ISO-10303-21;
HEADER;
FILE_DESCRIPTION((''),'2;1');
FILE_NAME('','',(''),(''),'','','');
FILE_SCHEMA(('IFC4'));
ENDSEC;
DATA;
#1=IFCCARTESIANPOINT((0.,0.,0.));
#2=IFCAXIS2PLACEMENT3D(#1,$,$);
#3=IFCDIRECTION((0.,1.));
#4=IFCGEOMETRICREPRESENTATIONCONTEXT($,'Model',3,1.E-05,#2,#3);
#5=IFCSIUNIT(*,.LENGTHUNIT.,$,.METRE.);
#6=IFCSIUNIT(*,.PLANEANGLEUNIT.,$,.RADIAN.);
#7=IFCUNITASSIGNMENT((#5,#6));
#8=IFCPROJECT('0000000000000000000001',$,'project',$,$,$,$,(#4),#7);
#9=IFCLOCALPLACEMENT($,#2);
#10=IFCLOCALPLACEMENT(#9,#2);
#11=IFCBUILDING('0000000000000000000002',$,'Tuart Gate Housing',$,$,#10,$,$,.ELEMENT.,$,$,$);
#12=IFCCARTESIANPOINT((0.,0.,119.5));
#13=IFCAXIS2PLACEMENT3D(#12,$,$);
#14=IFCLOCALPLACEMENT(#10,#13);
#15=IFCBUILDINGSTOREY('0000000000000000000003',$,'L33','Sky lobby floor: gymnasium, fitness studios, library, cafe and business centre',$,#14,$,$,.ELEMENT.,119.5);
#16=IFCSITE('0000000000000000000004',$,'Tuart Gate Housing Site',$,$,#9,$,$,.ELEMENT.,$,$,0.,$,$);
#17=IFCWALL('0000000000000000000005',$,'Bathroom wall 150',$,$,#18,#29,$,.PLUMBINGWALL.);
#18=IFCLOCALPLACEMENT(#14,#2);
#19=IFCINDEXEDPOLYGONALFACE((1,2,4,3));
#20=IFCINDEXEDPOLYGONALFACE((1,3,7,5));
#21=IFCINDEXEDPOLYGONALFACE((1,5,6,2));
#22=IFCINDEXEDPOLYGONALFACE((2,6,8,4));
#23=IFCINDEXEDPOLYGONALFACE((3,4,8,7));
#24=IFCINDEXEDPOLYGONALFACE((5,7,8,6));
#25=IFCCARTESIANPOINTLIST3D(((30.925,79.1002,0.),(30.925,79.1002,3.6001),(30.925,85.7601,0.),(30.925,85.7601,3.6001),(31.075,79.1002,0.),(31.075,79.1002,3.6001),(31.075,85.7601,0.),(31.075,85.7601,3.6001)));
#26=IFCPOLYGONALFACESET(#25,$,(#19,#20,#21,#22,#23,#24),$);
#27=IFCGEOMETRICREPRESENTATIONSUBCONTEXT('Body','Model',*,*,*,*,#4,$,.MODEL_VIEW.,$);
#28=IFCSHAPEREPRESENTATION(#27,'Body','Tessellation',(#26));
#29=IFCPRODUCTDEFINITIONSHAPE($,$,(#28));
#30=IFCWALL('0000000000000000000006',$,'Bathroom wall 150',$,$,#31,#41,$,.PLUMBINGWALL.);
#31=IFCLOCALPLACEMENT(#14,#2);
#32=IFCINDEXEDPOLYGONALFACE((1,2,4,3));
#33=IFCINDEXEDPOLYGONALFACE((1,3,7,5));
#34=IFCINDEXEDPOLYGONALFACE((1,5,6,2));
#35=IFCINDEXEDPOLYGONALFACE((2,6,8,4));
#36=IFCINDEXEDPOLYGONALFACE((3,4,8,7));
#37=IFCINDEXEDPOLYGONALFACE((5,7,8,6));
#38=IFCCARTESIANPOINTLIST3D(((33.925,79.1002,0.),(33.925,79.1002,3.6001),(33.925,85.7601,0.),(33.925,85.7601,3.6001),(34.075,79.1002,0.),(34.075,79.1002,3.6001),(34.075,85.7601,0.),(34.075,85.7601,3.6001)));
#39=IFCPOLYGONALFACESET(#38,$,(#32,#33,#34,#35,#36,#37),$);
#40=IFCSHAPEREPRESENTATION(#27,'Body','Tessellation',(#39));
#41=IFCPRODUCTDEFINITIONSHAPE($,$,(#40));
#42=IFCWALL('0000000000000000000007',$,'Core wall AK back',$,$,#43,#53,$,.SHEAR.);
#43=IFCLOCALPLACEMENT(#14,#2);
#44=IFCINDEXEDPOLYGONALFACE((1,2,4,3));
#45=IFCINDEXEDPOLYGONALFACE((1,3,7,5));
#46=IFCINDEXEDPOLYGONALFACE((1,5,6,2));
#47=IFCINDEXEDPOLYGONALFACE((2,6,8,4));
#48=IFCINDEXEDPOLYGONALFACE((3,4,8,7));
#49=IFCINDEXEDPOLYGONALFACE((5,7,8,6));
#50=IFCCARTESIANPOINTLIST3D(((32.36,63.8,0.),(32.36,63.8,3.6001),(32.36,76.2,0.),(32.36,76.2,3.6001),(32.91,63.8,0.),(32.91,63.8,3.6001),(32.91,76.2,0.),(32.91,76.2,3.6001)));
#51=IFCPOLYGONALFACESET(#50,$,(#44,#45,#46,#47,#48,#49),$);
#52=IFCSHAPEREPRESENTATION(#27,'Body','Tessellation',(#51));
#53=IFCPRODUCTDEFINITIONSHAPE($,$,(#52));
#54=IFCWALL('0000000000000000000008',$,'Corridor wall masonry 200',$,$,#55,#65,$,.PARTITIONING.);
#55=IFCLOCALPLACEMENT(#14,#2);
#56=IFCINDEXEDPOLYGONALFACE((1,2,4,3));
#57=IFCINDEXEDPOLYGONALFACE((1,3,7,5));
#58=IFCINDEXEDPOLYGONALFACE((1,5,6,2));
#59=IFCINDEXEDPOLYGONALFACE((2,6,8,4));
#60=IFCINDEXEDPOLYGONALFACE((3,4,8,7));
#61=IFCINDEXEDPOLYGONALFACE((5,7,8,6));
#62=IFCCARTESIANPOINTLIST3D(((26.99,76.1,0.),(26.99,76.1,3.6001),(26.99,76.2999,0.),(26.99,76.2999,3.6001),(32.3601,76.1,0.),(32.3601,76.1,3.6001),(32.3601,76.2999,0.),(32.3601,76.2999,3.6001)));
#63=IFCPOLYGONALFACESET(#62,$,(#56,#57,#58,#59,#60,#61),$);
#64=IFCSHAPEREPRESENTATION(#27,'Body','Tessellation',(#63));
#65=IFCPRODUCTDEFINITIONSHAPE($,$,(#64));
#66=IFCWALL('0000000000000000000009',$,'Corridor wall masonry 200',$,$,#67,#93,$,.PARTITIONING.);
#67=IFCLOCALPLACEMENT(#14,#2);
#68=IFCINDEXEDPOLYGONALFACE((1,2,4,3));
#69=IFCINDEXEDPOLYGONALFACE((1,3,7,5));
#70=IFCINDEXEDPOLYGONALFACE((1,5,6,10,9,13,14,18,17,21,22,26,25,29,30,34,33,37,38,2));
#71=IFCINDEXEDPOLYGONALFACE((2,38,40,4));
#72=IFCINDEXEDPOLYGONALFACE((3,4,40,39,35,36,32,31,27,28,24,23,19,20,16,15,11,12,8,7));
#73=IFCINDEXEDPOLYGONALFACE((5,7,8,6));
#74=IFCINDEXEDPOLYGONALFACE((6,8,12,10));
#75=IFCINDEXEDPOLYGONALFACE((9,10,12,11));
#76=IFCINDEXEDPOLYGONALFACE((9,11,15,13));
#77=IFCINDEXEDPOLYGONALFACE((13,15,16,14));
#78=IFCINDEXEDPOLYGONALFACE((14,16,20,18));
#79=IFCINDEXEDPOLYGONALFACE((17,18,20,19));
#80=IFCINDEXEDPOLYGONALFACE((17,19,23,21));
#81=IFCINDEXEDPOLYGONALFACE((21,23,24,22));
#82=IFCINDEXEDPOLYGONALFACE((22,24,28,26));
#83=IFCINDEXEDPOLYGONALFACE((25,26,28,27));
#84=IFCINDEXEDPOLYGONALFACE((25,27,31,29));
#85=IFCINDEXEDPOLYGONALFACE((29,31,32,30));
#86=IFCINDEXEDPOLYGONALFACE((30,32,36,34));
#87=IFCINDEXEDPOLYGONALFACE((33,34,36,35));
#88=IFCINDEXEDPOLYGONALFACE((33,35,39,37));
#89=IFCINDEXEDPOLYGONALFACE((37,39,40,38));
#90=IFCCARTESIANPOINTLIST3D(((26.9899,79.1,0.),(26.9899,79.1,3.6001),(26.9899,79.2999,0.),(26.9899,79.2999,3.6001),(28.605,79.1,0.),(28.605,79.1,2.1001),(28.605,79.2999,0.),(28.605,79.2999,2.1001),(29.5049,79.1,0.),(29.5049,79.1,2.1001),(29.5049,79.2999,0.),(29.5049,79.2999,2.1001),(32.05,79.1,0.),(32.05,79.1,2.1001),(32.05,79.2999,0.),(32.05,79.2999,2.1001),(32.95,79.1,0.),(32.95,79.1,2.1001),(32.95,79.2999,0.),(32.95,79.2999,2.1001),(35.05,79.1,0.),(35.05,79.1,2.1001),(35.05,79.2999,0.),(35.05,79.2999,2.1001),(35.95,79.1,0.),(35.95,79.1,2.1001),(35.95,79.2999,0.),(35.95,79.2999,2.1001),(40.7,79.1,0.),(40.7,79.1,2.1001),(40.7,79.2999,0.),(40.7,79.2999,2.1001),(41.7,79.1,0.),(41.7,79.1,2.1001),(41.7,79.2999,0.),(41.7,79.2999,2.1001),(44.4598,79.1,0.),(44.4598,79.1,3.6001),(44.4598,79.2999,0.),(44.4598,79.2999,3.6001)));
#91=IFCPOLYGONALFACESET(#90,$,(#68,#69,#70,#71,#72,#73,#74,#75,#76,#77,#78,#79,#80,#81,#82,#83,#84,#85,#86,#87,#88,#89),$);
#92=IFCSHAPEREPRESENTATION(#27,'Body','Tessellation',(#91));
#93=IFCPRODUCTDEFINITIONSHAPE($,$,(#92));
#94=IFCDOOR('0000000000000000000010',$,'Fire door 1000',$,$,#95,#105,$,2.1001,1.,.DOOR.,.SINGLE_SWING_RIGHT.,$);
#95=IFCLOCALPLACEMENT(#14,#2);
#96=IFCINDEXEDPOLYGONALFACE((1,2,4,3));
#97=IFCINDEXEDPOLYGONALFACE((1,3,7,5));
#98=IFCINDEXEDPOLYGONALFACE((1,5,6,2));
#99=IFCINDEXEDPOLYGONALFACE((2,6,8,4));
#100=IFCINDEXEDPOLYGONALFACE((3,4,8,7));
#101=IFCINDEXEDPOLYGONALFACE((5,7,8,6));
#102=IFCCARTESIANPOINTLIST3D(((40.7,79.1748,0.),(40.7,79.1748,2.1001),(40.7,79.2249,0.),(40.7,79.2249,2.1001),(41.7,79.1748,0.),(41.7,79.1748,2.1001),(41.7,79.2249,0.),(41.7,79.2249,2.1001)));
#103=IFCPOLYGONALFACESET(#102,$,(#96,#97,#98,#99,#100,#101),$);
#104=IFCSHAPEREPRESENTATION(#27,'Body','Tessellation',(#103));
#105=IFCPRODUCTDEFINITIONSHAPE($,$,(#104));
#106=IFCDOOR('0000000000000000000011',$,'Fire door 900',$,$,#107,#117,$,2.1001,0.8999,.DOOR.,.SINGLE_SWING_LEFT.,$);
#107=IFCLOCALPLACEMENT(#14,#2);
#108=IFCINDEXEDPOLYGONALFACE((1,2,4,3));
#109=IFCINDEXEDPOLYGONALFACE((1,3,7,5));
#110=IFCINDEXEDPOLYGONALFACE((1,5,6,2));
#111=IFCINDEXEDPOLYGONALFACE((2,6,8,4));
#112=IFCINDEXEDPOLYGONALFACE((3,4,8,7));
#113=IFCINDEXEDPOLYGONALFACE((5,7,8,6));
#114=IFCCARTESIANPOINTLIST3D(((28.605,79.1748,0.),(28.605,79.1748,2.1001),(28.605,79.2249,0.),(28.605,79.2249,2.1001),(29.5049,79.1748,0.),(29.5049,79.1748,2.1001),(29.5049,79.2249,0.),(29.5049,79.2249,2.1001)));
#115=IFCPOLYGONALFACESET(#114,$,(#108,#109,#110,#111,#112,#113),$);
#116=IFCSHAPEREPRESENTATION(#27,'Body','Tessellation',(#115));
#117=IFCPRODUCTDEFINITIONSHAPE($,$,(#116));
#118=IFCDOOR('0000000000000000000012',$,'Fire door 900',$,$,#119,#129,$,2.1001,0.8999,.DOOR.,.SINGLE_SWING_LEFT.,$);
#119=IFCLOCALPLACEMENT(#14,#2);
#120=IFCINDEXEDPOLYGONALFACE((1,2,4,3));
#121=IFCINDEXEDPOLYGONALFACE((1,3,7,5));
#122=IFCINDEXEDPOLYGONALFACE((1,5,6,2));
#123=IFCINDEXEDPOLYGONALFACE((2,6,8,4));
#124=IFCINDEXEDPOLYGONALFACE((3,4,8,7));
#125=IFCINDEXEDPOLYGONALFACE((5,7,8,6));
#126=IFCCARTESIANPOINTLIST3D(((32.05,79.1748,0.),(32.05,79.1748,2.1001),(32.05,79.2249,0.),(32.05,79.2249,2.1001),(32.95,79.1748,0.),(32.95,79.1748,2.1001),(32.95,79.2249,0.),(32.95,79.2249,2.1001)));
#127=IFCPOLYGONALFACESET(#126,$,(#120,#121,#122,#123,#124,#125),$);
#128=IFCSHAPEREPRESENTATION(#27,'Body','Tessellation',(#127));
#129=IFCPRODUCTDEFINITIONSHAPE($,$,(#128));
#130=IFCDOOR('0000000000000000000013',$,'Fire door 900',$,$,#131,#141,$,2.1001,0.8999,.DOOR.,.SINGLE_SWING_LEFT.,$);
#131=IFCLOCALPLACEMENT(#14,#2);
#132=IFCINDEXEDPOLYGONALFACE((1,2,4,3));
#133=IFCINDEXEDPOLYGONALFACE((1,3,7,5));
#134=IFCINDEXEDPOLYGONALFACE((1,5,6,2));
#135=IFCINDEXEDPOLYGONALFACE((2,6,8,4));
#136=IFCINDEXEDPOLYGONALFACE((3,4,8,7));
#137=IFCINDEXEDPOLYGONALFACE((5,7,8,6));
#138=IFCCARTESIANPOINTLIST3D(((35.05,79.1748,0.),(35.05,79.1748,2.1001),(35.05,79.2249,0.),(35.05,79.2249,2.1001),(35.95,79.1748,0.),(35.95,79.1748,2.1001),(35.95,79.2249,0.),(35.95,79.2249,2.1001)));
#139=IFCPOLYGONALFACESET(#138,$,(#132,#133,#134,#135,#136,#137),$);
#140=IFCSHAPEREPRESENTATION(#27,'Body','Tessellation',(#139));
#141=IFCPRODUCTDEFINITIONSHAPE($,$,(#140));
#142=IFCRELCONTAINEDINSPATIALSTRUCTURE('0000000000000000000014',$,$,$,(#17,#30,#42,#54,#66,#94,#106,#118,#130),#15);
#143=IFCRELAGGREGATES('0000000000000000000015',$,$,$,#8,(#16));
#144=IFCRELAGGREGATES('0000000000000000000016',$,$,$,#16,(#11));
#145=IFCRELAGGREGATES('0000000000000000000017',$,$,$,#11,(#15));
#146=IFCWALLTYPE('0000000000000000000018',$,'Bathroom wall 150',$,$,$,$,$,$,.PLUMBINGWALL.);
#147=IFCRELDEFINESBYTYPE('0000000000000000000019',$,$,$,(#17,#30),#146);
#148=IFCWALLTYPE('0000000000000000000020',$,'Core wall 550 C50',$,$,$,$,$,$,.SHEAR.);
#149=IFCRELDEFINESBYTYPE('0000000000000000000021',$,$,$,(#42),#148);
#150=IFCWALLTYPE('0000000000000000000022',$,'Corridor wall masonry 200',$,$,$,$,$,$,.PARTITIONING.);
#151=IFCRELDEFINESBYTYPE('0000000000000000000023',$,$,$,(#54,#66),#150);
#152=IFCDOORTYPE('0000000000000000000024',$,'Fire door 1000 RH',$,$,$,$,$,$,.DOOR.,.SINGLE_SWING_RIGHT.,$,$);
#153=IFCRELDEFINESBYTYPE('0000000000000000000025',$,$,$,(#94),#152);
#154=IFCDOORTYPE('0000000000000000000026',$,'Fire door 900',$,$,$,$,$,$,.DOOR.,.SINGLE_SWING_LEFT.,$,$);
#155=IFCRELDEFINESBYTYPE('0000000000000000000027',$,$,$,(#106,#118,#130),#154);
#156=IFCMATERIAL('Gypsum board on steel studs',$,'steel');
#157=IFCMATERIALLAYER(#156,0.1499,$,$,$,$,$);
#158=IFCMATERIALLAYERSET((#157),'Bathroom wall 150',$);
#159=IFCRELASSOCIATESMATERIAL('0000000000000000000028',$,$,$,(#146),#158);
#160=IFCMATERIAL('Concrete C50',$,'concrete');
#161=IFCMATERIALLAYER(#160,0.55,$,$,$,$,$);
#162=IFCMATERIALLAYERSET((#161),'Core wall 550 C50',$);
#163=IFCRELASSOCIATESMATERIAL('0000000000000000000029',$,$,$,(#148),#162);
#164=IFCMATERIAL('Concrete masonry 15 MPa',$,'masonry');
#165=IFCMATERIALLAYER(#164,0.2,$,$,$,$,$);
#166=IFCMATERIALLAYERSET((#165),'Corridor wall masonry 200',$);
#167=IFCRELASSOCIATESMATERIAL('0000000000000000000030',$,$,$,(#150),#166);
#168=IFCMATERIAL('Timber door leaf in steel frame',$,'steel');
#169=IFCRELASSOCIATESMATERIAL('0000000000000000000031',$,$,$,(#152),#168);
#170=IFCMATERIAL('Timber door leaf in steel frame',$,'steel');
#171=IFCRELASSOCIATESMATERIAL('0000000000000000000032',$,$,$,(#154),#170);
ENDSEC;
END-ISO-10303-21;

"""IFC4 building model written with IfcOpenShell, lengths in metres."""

from ifc_helpers import new_model, si_unit, direction, frame, frame_2d, origin, place, context, subcontext, project, spatial, rectangle, extrude, material, layer, layer_set, type_object, element, fill, save


model = new_model("IFC4")

# Units and contexts
model_context = context("Model", 3, precision=1e-05, world=origin(), true_north=direction((0.0, 1.0)))
body_context = subcontext(model_context, "Body", "Model", "MODEL_VIEW")
ifc_project = project(units=[si_unit("LENGTHUNIT", "METRE"), si_unit("PLANEANGLEUNIT", "RADIAN")], contexts=[model_context])

# Site, building, storey
site_placement = place(None, origin())
site = spatial("IfcSite", under=ifc_project, at=site_placement, Name="Tuart Gate Housing Site", CompositionType="ELEMENT", RefElevation=0.0)
building_placement = place(site_placement, origin())
building = spatial("IfcBuilding", under=site, at=building_placement, Name="Tuart Gate Housing", CompositionType="ELEMENT")
storey_placement = place(building_placement, frame((0.0, 0.0, 119.5)))
storey = spatial("IfcBuildingStorey", under=building, at=storey_placement, Name="L33", Description="Sky lobby floor: gymnasium, fitness studios, library, cafe and business centre", CompositionType="ELEMENT", Elevation=119.5)

# Walls
ifc_material_1 = material(Name="Gypsum board on steel studs", Category="steel")
ifc_layer_1 = layer(ifc_material_1, 0.1499)
ifc_layer_set_1 = layer_set([ifc_layer_1], Name="Bathroom wall 150")
wall_type_1 = type_object("IfcWallType", Name="Bathroom wall 150", PredefinedType="PLUMBINGWALL", material=ifc_layer_set_1)
for number, where, z_axis, x_axis, name in (
    (1, (31.0, 79.1001, 0.0), (0.0, 0.0, 1.0), (0.0, 1.0, 0.0), "Bathroom wall 150"),
    (2, (34.0, 79.1001, 0.0), (0.0, 0.0, 1.0), (0.0, 1.0, 0.0), "Bathroom wall 150"),
):
    element("IfcWall", number, at=place(storey_placement, frame(where, z_axis=z_axis, x_axis=x_axis)), inside=storey, type_object=wall_type_1, Name=name, PredefinedType="PLUMBINGWALL", context=body_context, shape_type="SweptSolid", body=[
        extrude(rectangle(XDim=6.6599, YDim=0.1499, at=frame_2d((3.3301, 0.0))), origin(), (0.0, 0.0, 1.0), 3.6001),
    ])
ifc_material_2 = material(Name="Concrete C50", Category="concrete")
ifc_layer_2 = layer(ifc_material_2, 0.55)
ifc_layer_set_2 = layer_set([ifc_layer_2], Name="Core wall 550 C50")
wall_type_2 = type_object("IfcWallType", Name="Core wall 550 C50", PredefinedType="SHEAR", material=ifc_layer_set_2)
wall_1_placement = place(storey_placement, frame((32.635, 76.2, 0.0), z_axis=(0.0, 0.0, 1.0), x_axis=(0.0, -1.0, 0.0)))
element("IfcWall", 3, at=wall_1_placement, inside=storey, type_object=wall_type_2, Name="Core wall AK back", PredefinedType="SHEAR", context=body_context, shape_type="SweptSolid", body=[
    extrude(rectangle(XDim=12.3999, YDim=0.55, at=frame_2d((6.2, 0.0))), origin(), (0.0, 0.0, 1.0), 3.6001),
])
ifc_material_3 = material(Name="Concrete masonry 15 MPa", Category="masonry")
ifc_layer_3 = layer(ifc_material_3, 0.2)
ifc_layer_set_3 = layer_set([ifc_layer_3], Name="Corridor wall masonry 200")
wall_type_3 = type_object("IfcWallType", Name="Corridor wall masonry 200", PredefinedType="PARTITIONING", material=ifc_layer_set_3)
wall_2_placement = place(storey_placement, frame((26.99, 76.2, 0.0), z_axis=(0.0, 0.0, 1.0), x_axis=(1.0, 0.0, 0.0)))
element("IfcWall", 4, at=wall_2_placement, inside=storey, type_object=wall_type_3, Name="Corridor wall masonry 200", PredefinedType="PARTITIONING", context=body_context, shape_type="SweptSolid", body=[
    extrude(rectangle(XDim=5.3701, YDim=0.2, at=frame_2d((2.6851, 0.0))), origin(), (0.0, 0.0, 1.0), 3.6001),
])

# Wall, openings, doors
wall_3_placement = place(storey_placement, frame((26.99, 79.2, 0.0), z_axis=(0.0, 0.0, 1.0), x_axis=(1.0, 0.0, 0.0)))
wall_3 = element("IfcWall", 5, at=wall_3_placement, inside=storey, type_object=wall_type_3, Name="Corridor wall masonry 200", PredefinedType="PARTITIONING", context=body_context, shape_type="SweptSolid", body=[
    extrude(rectangle(XDim=17.47, YDim=0.2, at=frame_2d((8.7349, 0.0))), origin(), (0.0, 0.0, 1.0), 3.6001),
])
opening_1_placement = place(wall_3_placement, frame((1.615, 0.0, 0.0)))
opening_1 = element("IfcOpeningElement", 6, at=opening_1_placement, cuts=wall_3, PredefinedType="OPENING", context=body_context, shape_type="SweptSolid", body=[
    extrude(rectangle(XDim=0.8999, YDim=2.1001, at=frame_2d((0.45, 1.05))), frame((0.0, 0.1099, 0.0), z_axis=(0.0, -1.0, 0.0), x_axis=(1.0, 0.0, 0.0)), (0.0, 0.0, 1.0), 0.22),
])
opening_2_placement = place(wall_3_placement, frame((5.0601, 0.0, 0.0)))
opening_2 = element("IfcOpeningElement", 7, at=opening_2_placement, cuts=wall_3, PredefinedType="OPENING", context=body_context, shape_type="SweptSolid", body=[
    extrude(rectangle(XDim=0.8999, YDim=2.1001, at=frame_2d((0.45, 1.05))), frame((0.0, 0.1099, 0.0), z_axis=(0.0, -1.0, 0.0), x_axis=(1.0, 0.0, 0.0)), (0.0, 0.0, 1.0), 0.22),
])
opening_3_placement = place(wall_3_placement, frame((8.0601, 0.0, 0.0)))
opening_3 = element("IfcOpeningElement", 8, at=opening_3_placement, cuts=wall_3, PredefinedType="OPENING", context=body_context, shape_type="SweptSolid", body=[
    extrude(rectangle(XDim=0.8999, YDim=2.1001, at=frame_2d((0.45, 1.05))), frame((0.0, 0.1099, 0.0), z_axis=(0.0, -1.0, 0.0), x_axis=(1.0, 0.0, 0.0)), (0.0, 0.0, 1.0), 0.22),
])
opening_4_placement = place(wall_3_placement, frame((13.71, 0.0, 0.0)))
opening_4 = element("IfcOpeningElement", 9, at=opening_4_placement, cuts=wall_3, PredefinedType="OPENING", context=body_context, shape_type="SweptSolid", body=[
    extrude(rectangle(XDim=1.0, YDim=2.1001, at=frame_2d((0.5, 1.05))), frame((0.0, 0.1099, 0.0), z_axis=(0.0, -1.0, 0.0), x_axis=(1.0, 0.0, 0.0)), (0.0, 0.0, 1.0), 0.22),
])
ifc_material_4 = material(Name="Timber door leaf in steel frame", Category="steel")
door_type_1 = type_object("IfcDoorType", Name="Fire door 1000 RH", OperationType="SINGLE_SWING_RIGHT", PredefinedType="DOOR", material=ifc_material_4)
door_1_placement = place(opening_4_placement, origin())
door_1 = element("IfcDoor", 10, at=door_1_placement, inside=storey, type_object=door_type_1, Name="Fire door 1000", OperationType="SINGLE_SWING_RIGHT", OverallHeight=2.1001, OverallWidth=1.0, PredefinedType="DOOR", context=body_context, shape_type="SweptSolid", body=[
    extrude(rectangle(XDim=1.0, YDim=2.1001, at=frame_2d((0.5, 1.05))), frame((0.0, 0.0249, 0.0), z_axis=(0.0, -1.0, 0.0), x_axis=(1.0, 0.0, 0.0)), (0.0, 0.0, 1.0), 0.05),
])
fill(opening_4, door_1)
ifc_material_5 = material(Name="Timber door leaf in steel frame", Category="steel")
door_type_2 = type_object("IfcDoorType", Name="Fire door 900", OperationType="SINGLE_SWING_LEFT", PredefinedType="DOOR", material=ifc_material_5)
door_2_placement = place(opening_1_placement, origin())
door_2 = element("IfcDoor", 11, at=door_2_placement, inside=storey, type_object=door_type_2, Name="Fire door 900", OperationType="SINGLE_SWING_LEFT", OverallHeight=2.1001, OverallWidth=0.8999, PredefinedType="DOOR", context=body_context, shape_type="SweptSolid", body=[
    extrude(rectangle(XDim=0.8999, YDim=2.1001, at=frame_2d((0.45, 1.05))), frame((0.0, 0.0249, 0.0), z_axis=(0.0, -1.0, 0.0), x_axis=(1.0, 0.0, 0.0)), (0.0, 0.0, 1.0), 0.05),
])
fill(opening_1, door_2)
door_3_placement = place(opening_2_placement, origin())
door_3 = element("IfcDoor", 12, at=door_3_placement, inside=storey, type_object=door_type_2, Name="Fire door 900", OperationType="SINGLE_SWING_LEFT", OverallHeight=2.1001, OverallWidth=0.8999, PredefinedType="DOOR", context=body_context, shape_type="SweptSolid", body=[
    extrude(rectangle(XDim=0.8999, YDim=2.1001, at=frame_2d((0.45, 1.05))), frame((0.0, 0.0249, 0.0), z_axis=(0.0, -1.0, 0.0), x_axis=(1.0, 0.0, 0.0)), (0.0, 0.0, 1.0), 0.05),
])
fill(opening_2, door_3)
door_4_placement = place(opening_3_placement, origin())
door_4 = element("IfcDoor", 13, at=door_4_placement, inside=storey, type_object=door_type_2, Name="Fire door 900", OperationType="SINGLE_SWING_LEFT", OverallHeight=2.1001, OverallWidth=0.8999, PredefinedType="DOOR", context=body_context, shape_type="SweptSolid", body=[
    extrude(rectangle(XDim=0.8999, YDim=2.1001, at=frame_2d((0.45, 1.05))), frame((0.0, 0.0249, 0.0), z_axis=(0.0, -1.0, 0.0), x_axis=(1.0, 0.0, 0.0)), (0.0, 0.0, 1.0), 0.05),
])
fill(opening_3, door_4)

save(model, "model.ifc")
